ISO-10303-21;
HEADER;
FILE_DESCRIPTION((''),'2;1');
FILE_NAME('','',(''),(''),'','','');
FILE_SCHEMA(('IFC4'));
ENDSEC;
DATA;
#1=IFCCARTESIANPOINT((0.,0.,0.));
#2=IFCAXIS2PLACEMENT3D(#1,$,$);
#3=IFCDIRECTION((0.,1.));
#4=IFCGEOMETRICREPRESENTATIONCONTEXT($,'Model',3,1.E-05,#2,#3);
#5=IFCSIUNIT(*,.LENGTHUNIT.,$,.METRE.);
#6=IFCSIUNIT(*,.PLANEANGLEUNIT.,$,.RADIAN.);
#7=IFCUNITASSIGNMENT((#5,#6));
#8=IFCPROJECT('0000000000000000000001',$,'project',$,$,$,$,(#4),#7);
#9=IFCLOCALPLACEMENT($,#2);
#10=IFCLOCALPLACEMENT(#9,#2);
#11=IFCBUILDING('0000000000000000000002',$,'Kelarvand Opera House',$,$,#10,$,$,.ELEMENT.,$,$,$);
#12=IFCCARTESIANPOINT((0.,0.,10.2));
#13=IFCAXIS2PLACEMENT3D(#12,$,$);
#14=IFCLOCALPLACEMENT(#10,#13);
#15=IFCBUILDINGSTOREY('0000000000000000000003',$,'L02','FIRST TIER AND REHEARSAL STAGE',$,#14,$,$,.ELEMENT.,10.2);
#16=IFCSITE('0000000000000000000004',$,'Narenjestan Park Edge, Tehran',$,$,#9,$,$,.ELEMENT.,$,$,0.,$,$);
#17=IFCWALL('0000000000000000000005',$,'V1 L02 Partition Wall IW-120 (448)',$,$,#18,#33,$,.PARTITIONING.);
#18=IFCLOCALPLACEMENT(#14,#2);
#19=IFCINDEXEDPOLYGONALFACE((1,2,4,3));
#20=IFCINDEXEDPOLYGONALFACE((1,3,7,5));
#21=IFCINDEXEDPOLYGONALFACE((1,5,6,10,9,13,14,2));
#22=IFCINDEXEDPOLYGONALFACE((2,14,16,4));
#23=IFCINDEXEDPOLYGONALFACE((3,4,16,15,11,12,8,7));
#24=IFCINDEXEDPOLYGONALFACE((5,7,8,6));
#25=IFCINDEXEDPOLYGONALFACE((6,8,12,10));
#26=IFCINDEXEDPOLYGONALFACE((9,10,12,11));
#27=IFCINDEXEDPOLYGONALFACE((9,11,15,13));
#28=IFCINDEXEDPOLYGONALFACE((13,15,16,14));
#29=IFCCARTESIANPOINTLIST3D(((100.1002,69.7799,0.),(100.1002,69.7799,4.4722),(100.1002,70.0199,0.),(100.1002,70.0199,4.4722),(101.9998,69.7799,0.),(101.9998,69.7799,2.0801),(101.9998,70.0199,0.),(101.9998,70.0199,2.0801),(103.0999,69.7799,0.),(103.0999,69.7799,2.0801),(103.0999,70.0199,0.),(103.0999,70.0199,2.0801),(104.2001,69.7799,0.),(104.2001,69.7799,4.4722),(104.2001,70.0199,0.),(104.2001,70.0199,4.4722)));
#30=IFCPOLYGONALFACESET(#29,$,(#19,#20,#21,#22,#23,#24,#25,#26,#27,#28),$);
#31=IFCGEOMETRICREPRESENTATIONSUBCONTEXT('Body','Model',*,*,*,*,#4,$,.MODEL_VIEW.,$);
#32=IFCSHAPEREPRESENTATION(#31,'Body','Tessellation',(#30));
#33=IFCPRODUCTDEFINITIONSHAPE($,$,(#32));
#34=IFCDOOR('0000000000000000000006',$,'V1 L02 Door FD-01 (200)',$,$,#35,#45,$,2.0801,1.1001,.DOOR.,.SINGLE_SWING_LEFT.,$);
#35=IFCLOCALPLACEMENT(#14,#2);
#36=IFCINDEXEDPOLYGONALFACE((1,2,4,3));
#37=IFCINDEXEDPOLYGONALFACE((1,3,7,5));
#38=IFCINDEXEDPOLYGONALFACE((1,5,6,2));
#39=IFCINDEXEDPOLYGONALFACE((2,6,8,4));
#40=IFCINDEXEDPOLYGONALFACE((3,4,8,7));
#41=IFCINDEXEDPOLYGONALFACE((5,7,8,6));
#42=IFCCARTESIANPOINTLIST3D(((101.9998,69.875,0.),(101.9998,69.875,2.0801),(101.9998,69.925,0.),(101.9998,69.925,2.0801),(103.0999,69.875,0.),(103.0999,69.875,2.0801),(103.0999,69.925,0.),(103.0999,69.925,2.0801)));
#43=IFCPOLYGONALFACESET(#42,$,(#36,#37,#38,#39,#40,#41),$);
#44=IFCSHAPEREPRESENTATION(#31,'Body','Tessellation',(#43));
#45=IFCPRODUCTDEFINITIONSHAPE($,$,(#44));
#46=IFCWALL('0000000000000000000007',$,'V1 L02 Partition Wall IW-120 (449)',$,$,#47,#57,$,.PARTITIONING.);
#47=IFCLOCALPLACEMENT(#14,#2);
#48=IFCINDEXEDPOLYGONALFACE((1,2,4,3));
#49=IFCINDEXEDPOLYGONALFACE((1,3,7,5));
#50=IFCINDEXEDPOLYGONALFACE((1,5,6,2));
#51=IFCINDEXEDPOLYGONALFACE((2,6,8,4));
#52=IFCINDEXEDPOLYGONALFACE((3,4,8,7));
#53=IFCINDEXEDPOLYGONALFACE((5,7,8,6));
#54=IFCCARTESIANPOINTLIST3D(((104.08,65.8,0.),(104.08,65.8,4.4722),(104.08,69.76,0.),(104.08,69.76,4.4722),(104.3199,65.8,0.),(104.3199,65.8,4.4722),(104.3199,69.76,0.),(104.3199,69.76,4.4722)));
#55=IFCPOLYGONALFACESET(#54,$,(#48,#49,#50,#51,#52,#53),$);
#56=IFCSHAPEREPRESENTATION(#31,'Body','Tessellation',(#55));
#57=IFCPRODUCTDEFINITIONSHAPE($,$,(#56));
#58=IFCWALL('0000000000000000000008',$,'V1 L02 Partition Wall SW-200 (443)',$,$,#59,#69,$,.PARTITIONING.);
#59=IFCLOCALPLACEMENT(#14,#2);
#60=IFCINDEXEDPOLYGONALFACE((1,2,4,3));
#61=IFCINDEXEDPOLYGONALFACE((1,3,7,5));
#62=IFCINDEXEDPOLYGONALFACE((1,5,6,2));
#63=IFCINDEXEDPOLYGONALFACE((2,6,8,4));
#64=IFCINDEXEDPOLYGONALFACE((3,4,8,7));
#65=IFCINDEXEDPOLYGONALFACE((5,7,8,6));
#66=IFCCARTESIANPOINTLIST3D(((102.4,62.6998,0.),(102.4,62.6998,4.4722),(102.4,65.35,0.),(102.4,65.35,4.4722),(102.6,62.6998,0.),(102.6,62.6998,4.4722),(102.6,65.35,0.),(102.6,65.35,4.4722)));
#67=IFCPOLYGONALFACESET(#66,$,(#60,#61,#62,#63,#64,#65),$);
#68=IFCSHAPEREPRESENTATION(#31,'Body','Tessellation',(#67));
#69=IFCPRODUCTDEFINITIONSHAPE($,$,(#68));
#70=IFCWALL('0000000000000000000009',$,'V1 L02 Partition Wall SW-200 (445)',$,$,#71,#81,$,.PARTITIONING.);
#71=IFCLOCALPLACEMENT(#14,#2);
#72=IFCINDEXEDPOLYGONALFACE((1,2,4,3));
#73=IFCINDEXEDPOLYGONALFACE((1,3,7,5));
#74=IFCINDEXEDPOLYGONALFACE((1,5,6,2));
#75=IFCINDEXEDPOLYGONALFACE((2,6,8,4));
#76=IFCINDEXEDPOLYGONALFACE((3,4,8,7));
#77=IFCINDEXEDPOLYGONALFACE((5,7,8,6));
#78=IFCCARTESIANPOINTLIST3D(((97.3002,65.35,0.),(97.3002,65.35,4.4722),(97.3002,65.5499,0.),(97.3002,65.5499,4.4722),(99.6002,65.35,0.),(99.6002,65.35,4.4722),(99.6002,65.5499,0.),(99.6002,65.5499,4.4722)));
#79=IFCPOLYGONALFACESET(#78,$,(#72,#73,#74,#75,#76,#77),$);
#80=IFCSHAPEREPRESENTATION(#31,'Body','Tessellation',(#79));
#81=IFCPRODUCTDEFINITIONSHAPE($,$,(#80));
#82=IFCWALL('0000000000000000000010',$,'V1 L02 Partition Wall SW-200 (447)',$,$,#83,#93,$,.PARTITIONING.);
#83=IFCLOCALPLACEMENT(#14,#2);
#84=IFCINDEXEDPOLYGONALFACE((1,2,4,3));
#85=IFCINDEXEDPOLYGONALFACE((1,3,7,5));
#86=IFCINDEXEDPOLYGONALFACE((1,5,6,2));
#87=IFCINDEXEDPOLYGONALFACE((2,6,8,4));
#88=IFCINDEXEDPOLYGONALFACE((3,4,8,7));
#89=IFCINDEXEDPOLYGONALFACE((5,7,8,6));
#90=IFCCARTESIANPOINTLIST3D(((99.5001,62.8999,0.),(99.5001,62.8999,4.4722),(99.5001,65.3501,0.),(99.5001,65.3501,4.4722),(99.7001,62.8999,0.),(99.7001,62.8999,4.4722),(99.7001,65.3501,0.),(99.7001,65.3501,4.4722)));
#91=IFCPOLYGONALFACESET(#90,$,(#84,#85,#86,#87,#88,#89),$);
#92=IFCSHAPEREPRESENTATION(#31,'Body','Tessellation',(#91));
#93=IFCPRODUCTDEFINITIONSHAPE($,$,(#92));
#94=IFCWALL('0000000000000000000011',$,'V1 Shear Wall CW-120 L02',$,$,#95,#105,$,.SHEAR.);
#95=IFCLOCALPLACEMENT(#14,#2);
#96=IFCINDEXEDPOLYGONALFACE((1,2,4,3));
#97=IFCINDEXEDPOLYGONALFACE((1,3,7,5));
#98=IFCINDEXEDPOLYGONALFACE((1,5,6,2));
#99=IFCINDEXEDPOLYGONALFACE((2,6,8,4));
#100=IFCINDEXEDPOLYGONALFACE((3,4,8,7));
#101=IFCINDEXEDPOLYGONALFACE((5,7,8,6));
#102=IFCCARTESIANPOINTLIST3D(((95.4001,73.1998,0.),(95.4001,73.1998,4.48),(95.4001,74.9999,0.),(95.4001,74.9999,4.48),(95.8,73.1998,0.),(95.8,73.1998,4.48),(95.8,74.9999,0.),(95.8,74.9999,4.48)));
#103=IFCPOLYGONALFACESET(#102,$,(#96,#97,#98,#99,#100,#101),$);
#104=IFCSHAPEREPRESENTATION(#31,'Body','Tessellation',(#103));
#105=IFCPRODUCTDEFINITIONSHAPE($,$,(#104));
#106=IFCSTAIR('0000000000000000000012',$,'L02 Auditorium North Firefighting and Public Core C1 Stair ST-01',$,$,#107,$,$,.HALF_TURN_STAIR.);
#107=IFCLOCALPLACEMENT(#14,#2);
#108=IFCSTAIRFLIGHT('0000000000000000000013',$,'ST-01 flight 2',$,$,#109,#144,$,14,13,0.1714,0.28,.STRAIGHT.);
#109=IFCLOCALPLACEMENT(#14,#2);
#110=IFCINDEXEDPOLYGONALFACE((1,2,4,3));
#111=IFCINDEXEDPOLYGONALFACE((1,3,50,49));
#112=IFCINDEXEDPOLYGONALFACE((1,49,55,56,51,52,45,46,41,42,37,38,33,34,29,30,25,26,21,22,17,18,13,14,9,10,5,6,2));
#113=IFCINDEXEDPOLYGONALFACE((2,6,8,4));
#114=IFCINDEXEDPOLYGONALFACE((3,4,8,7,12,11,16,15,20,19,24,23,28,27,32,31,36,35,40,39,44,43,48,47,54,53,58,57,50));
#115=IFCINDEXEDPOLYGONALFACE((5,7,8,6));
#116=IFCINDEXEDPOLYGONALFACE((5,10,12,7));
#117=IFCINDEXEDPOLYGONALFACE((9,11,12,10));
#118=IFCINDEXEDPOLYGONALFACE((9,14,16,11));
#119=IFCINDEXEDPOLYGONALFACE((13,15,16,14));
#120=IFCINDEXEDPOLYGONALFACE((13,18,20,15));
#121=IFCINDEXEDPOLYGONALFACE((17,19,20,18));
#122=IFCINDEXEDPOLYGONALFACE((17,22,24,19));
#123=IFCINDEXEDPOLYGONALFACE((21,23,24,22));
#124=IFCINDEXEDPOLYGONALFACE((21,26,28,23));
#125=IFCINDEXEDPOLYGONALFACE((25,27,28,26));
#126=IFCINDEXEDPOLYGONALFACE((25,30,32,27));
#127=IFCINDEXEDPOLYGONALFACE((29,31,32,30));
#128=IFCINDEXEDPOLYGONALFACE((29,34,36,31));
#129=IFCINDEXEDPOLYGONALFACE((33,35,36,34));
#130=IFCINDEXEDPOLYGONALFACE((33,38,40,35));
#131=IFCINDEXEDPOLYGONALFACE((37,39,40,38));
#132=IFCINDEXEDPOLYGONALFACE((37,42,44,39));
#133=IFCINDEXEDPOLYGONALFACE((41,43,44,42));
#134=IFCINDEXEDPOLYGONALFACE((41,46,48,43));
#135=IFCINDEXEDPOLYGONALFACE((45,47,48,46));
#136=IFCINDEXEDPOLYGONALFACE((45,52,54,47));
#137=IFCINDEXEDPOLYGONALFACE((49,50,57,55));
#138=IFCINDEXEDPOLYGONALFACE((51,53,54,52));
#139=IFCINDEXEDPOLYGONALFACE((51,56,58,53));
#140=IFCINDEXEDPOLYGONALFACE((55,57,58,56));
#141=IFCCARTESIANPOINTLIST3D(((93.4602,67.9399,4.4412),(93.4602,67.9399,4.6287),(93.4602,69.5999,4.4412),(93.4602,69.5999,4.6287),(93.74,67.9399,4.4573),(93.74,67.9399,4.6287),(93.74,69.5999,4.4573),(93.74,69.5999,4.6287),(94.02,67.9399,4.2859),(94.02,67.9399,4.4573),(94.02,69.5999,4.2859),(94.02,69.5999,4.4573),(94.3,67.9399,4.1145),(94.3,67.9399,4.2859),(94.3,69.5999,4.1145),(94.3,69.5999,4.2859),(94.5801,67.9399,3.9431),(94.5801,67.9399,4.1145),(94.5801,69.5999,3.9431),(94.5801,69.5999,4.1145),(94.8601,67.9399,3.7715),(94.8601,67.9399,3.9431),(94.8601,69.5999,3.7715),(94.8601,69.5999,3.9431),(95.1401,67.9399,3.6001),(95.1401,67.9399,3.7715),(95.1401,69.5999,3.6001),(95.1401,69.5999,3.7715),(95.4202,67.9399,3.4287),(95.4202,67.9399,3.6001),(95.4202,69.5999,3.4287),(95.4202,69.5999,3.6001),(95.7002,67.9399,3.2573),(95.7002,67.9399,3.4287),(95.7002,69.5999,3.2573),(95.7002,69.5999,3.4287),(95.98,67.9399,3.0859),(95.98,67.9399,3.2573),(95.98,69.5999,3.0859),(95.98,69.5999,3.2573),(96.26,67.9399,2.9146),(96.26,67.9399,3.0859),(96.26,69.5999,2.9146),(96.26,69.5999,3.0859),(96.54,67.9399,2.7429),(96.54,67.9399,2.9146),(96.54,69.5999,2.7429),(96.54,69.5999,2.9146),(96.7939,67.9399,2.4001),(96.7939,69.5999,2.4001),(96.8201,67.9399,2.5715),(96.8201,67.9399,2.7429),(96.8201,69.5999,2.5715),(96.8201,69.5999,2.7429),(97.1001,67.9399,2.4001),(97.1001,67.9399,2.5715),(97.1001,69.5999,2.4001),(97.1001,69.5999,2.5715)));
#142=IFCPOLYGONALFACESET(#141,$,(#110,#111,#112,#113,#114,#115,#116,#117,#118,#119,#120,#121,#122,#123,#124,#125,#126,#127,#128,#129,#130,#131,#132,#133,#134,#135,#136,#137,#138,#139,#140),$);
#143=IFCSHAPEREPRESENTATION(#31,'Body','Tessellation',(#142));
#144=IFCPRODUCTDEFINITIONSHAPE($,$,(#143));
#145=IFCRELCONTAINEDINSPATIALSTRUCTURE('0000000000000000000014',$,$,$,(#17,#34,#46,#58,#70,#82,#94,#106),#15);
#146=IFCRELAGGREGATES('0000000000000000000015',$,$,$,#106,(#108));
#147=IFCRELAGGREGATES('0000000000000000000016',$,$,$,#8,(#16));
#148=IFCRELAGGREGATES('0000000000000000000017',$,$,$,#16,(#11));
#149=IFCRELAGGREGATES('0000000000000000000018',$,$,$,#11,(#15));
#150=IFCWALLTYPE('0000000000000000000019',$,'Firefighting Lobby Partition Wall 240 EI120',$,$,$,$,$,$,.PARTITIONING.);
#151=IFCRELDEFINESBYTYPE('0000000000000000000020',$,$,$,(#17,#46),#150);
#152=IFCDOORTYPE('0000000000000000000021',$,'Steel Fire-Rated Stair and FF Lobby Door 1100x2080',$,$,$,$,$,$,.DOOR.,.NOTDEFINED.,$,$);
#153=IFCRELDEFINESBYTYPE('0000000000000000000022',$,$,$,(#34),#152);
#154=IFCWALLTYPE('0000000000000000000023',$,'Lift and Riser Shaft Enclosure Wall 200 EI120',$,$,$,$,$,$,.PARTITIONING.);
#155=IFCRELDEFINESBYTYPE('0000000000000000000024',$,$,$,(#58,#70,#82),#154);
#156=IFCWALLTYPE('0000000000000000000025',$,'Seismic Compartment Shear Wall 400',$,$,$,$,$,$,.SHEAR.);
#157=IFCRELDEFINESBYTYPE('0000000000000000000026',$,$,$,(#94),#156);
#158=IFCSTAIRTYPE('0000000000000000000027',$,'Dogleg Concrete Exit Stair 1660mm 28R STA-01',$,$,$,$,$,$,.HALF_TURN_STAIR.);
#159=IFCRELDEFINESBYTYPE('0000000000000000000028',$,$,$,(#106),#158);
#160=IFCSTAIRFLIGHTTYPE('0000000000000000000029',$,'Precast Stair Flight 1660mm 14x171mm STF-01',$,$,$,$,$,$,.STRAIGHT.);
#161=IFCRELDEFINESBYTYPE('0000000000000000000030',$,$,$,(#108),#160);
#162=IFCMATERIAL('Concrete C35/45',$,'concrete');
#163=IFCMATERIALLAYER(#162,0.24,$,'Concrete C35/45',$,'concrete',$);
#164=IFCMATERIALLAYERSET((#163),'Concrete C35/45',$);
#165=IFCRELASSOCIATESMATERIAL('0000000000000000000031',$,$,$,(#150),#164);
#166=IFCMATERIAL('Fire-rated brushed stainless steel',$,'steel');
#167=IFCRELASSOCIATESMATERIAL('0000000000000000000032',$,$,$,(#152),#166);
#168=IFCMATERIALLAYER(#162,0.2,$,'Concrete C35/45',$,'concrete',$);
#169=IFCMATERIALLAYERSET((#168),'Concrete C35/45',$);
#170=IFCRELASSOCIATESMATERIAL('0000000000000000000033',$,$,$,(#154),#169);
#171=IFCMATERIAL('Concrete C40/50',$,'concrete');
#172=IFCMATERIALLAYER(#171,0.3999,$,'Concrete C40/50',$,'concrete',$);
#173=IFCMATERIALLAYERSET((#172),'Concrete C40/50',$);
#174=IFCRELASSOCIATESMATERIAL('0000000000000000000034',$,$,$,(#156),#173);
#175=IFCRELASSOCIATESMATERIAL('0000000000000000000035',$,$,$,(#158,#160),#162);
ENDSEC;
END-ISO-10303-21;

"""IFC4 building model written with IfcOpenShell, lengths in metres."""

from ifc_helpers import new_model, si_unit, direction, frame, frame_2d, origin, place, context, subcontext, project, spatial, polyline, rectangle, outline, extrude, material, layer, layer_set, type_object, element, fill, aggregate, save


model = new_model("IFC4")

# Units and contexts
model_context = context("Model", 3, precision=1e-05, world=origin(), true_north=direction((0.0, 1.0)))
body_context = subcontext(model_context, "Body", "Model", "MODEL_VIEW")
ifc_project = project(units=[si_unit("LENGTHUNIT", "METRE"), si_unit("PLANEANGLEUNIT", "RADIAN")], contexts=[model_context])

# Site, building, storey
site_placement = place(None, origin())
site = spatial("IfcSite", under=ifc_project, at=site_placement, Name="Narenjestan Park Edge, Tehran", CompositionType="ELEMENT", RefElevation=0.0)
building_placement = place(site_placement, origin())
building = spatial("IfcBuilding", under=site, at=building_placement, Name="Kelarvand Opera House", CompositionType="ELEMENT")
storey_placement = place(building_placement, frame((0.0, 0.0, 10.2)))
storey = spatial("IfcBuildingStorey", under=building, at=storey_placement, Name="L02", Description="FIRST TIER AND REHEARSAL STAGE", CompositionType="ELEMENT", Elevation=10.2)

# Shared definitions
ifc_material_1 = material(Name="Concrete C40/50", Category="concrete")

# Shared definitions
ifc_material_2 = material(Name="Concrete C35/45", Category="concrete")

# Wall, opening, door
ifc_layer_1 = layer(ifc_material_2, 0.24, Name="Concrete C35/45", Category="concrete")
ifc_layer_set_1 = layer_set([ifc_layer_1], Name="Concrete C35/45")
wall_type_1 = type_object("IfcWallType", Name="Firefighting Lobby Partition Wall 240 EI120", PredefinedType="PARTITIONING", material=ifc_layer_set_1)
wall_1_placement = place(storey_placement, frame((104.2, 69.8999, 0.0), z_axis=(0.0, 0.0, 1.0), x_axis=(-1.0, 0.0, 0.0)))
wall_1 = element("IfcWall", 1, at=wall_1_placement, inside=storey, type_object=wall_type_1, Name="V1 L02 Partition Wall IW-120 (448)", PredefinedType="PARTITIONING", context=body_context, shape_type="SweptSolid", body=[
    extrude(rectangle(XDim=4.0999, YDim=0.24, at=frame_2d((2.0498, 0.0))), origin(), (0.0, 0.0, 1.0), 4.4722),
])
opening_1_placement = place(wall_1_placement, frame((1.1001, 0.0, 0.0)))
opening_1 = element("IfcOpeningElement", 2, at=opening_1_placement, cuts=wall_1, PredefinedType="OPENING", context=body_context, shape_type="SweptSolid", body=[
    extrude(rectangle(XDim=1.1001, YDim=2.0801, at=frame_2d((0.55, 1.04))), frame((0.0, 0.1299, 0.0), z_axis=(0.0, -1.0, 0.0), x_axis=(1.0, 0.0, 0.0)), (0.0, 0.0, 1.0), 0.26),
])
ifc_material_3 = material(Name="Fire-rated brushed stainless steel", Category="steel")
door_type_1 = type_object("IfcDoorType", Name="Steel Fire-Rated Stair and FF Lobby Door 1100x2080", OperationType="NOTDEFINED", PredefinedType="DOOR", material=ifc_material_3)
door_1_placement = place(opening_1_placement, origin())
door_1 = element("IfcDoor", 3, at=door_1_placement, inside=storey, type_object=door_type_1, Name="V1 L02 Door FD-01 (200)", OperationType="SINGLE_SWING_LEFT", OverallHeight=2.0801, OverallWidth=1.1001, PredefinedType="DOOR", context=body_context, shape_type="SweptSolid", body=[
    extrude(rectangle(XDim=1.1001, YDim=2.0801, at=frame_2d((0.55, 1.04))), frame((0.0, 0.0249, 0.0), z_axis=(0.0, -1.0, 0.0), x_axis=(1.0, 0.0, 0.0)), (0.0, 0.0, 1.0), 0.05),
])
fill(opening_1, door_1)

# Wall
wall_2_placement = place(storey_placement, frame((104.2, 69.76, 0.0), z_axis=(0.0, 0.0, 1.0), x_axis=(0.0, -1.0, 0.0)))
element("IfcWall", 4, at=wall_2_placement, inside=storey, type_object=wall_type_1, Name="V1 L02 Partition Wall IW-120 (449)", PredefinedType="PARTITIONING", context=body_context, shape_type="SweptSolid", body=[
    extrude(rectangle(XDim=3.96, YDim=0.24, at=frame_2d((1.98, 0.0))), origin(), (0.0, 0.0, 1.0), 4.4722),
])

# Shared definitions
ifc_layer_2 = layer(ifc_material_2, 0.2, Name="Concrete C35/45", Category="concrete")
ifc_layer_set_2 = layer_set([ifc_layer_2], Name="Concrete C35/45")
wall_type_2 = type_object("IfcWallType", Name="Lift and Riser Shaft Enclosure Wall 200 EI120", PredefinedType="PARTITIONING", material=ifc_layer_set_2)

# Walls
wall_3_placement = place(storey_placement, frame((102.5, 65.3501, 0.0), z_axis=(0.0, 0.0, 1.0), x_axis=(0.0, -1.0, 0.0)))
element("IfcWall", 5, at=wall_3_placement, inside=storey, type_object=wall_type_2, Name="V1 L02 Partition Wall SW-200 (443)", PredefinedType="PARTITIONING", context=body_context, shape_type="SweptSolid", body=[
    extrude(rectangle(XDim=2.6501, YDim=0.2, at=frame_2d((1.3252, 0.0))), origin(), (0.0, 0.0, 1.0), 4.4722),
])
wall_4_placement = place(storey_placement, frame((99.6001, 65.45, 0.0), z_axis=(0.0, 0.0, 1.0), x_axis=(-1.0, 0.0, 0.0)))
element("IfcWall", 6, at=wall_4_placement, inside=storey, type_object=wall_type_2, Name="V1 L02 Partition Wall SW-200 (445)", PredefinedType="PARTITIONING", context=body_context, shape_type="SweptSolid", body=[
    extrude(rectangle(XDim=2.3, YDim=0.2, at=frame_2d((1.1499, 0.0))), origin(), (0.0, 0.0, 1.0), 4.4722),
])
wall_5_placement = place(storey_placement, frame((99.6001, 65.3501, 0.0), z_axis=(0.0, 0.0, 1.0), x_axis=(0.0, -1.0, 0.0)))
element("IfcWall", 7, at=wall_5_placement, inside=storey, type_object=wall_type_2, Name="V1 L02 Partition Wall SW-200 (447)", PredefinedType="PARTITIONING", context=body_context, shape_type="SweptSolid", body=[
    extrude(rectangle(XDim=2.4502, YDim=0.2, at=frame_2d((1.2251, 0.0))), origin(), (0.0, 0.0, 1.0), 4.4722),
])
ifc_layer_3 = layer(ifc_material_1, 0.3999, Name="Concrete C40/50", Category="concrete")
ifc_layer_set_3 = layer_set([ifc_layer_3], Name="Concrete C40/50")
wall_type_3 = type_object("IfcWallType", Name="Seismic Compartment Shear Wall 400", PredefinedType="SHEAR", material=ifc_layer_set_3)
wall_6_placement = place(storey_placement, frame((95.6001, 73.2, 0.0), z_axis=(0.0, 0.0, 1.0), x_axis=(0.0, 1.0, 0.0)))
element("IfcWall", 8, at=wall_6_placement, inside=storey, type_object=wall_type_3, Name="V1 Shear Wall CW-120 L02", PredefinedType="SHEAR", context=body_context, shape_type="SweptSolid", body=[
    extrude(rectangle(XDim=1.8, YDim=0.3999, at=frame_2d((0.8999, 0.0))), origin(), (0.0, 0.0, 1.0), 4.48),
])

# Stair, stair flight
stair_type = type_object("IfcStairType", Name="Dogleg Concrete Exit Stair 1660mm 28R STA-01", PredefinedType="HALF_TURN_STAIR", material=ifc_material_2)
stair_placement = place(storey_placement, origin())
stair = element("IfcStair", 9, at=stair_placement, inside=storey, type_object=stair_type, Name="L02 Auditorium North Firefighting and Public Core C1 Stair ST-01", PredefinedType="HALF_TURN_STAIR")
stair_flight_type = type_object("IfcStairFlightType", Name="Precast Stair Flight 1660mm 14x171mm STF-01", PredefinedType="STRAIGHT", material=ifc_material_2)
stair_flight_placement = place(storey_placement, frame((97.1001, 68.77, 2.4001), z_axis=(0.0, 0.0, 1.0), x_axis=(-1.0, 0.0, 0.0)))
stair_flight = element("IfcStairFlight", 10, at=stair_flight_placement, type_object=stair_flight_type, Name="ST-01 flight 2", NumberOfRisers=14, NumberOfTreads=13, PredefinedType="STRAIGHT", RiserHeight=0.1714, TreadLength=0.28, context=body_context, shape_type="SweptSolid", body=[
    extrude(outline(polyline([(0.0, 0.0), (0.0, 0.1714), (0.28, 0.1714), (0.28, 0.3428), (0.5601, 0.3428), (0.5601, 0.5144), (0.8401, 0.5144), (0.8401, 0.6858), (1.1201, 0.6858), (1.1201, 0.8572), (1.3999, 0.8572), (1.3999, 1.0286), (1.6799, 1.0286), (1.6799, 1.2), (1.96, 1.2), (1.96, 1.3713), (2.24, 1.3713), (2.24, 1.543), (2.52, 1.543), (2.52, 1.7144), (2.8, 1.7144), (2.8, 1.8857), (3.0801, 1.8857), (3.0801, 2.0571), (3.3601, 2.0571), (3.3601, 2.2285), (3.6399, 2.2285), (3.6399, 2.3999), (3.6399, 2.041), (0.3062, 0.0), (0.0, 0.0)])), frame((0.0, 0.8301, 0.0), z_axis=(0.0, -1.0, 0.0), x_axis=(1.0, 0.0, 0.0)), (0.0, 0.0, 1.0), 1.6599),
])
aggregate(stair, [stair_flight])

save(model, "model.ifc")
